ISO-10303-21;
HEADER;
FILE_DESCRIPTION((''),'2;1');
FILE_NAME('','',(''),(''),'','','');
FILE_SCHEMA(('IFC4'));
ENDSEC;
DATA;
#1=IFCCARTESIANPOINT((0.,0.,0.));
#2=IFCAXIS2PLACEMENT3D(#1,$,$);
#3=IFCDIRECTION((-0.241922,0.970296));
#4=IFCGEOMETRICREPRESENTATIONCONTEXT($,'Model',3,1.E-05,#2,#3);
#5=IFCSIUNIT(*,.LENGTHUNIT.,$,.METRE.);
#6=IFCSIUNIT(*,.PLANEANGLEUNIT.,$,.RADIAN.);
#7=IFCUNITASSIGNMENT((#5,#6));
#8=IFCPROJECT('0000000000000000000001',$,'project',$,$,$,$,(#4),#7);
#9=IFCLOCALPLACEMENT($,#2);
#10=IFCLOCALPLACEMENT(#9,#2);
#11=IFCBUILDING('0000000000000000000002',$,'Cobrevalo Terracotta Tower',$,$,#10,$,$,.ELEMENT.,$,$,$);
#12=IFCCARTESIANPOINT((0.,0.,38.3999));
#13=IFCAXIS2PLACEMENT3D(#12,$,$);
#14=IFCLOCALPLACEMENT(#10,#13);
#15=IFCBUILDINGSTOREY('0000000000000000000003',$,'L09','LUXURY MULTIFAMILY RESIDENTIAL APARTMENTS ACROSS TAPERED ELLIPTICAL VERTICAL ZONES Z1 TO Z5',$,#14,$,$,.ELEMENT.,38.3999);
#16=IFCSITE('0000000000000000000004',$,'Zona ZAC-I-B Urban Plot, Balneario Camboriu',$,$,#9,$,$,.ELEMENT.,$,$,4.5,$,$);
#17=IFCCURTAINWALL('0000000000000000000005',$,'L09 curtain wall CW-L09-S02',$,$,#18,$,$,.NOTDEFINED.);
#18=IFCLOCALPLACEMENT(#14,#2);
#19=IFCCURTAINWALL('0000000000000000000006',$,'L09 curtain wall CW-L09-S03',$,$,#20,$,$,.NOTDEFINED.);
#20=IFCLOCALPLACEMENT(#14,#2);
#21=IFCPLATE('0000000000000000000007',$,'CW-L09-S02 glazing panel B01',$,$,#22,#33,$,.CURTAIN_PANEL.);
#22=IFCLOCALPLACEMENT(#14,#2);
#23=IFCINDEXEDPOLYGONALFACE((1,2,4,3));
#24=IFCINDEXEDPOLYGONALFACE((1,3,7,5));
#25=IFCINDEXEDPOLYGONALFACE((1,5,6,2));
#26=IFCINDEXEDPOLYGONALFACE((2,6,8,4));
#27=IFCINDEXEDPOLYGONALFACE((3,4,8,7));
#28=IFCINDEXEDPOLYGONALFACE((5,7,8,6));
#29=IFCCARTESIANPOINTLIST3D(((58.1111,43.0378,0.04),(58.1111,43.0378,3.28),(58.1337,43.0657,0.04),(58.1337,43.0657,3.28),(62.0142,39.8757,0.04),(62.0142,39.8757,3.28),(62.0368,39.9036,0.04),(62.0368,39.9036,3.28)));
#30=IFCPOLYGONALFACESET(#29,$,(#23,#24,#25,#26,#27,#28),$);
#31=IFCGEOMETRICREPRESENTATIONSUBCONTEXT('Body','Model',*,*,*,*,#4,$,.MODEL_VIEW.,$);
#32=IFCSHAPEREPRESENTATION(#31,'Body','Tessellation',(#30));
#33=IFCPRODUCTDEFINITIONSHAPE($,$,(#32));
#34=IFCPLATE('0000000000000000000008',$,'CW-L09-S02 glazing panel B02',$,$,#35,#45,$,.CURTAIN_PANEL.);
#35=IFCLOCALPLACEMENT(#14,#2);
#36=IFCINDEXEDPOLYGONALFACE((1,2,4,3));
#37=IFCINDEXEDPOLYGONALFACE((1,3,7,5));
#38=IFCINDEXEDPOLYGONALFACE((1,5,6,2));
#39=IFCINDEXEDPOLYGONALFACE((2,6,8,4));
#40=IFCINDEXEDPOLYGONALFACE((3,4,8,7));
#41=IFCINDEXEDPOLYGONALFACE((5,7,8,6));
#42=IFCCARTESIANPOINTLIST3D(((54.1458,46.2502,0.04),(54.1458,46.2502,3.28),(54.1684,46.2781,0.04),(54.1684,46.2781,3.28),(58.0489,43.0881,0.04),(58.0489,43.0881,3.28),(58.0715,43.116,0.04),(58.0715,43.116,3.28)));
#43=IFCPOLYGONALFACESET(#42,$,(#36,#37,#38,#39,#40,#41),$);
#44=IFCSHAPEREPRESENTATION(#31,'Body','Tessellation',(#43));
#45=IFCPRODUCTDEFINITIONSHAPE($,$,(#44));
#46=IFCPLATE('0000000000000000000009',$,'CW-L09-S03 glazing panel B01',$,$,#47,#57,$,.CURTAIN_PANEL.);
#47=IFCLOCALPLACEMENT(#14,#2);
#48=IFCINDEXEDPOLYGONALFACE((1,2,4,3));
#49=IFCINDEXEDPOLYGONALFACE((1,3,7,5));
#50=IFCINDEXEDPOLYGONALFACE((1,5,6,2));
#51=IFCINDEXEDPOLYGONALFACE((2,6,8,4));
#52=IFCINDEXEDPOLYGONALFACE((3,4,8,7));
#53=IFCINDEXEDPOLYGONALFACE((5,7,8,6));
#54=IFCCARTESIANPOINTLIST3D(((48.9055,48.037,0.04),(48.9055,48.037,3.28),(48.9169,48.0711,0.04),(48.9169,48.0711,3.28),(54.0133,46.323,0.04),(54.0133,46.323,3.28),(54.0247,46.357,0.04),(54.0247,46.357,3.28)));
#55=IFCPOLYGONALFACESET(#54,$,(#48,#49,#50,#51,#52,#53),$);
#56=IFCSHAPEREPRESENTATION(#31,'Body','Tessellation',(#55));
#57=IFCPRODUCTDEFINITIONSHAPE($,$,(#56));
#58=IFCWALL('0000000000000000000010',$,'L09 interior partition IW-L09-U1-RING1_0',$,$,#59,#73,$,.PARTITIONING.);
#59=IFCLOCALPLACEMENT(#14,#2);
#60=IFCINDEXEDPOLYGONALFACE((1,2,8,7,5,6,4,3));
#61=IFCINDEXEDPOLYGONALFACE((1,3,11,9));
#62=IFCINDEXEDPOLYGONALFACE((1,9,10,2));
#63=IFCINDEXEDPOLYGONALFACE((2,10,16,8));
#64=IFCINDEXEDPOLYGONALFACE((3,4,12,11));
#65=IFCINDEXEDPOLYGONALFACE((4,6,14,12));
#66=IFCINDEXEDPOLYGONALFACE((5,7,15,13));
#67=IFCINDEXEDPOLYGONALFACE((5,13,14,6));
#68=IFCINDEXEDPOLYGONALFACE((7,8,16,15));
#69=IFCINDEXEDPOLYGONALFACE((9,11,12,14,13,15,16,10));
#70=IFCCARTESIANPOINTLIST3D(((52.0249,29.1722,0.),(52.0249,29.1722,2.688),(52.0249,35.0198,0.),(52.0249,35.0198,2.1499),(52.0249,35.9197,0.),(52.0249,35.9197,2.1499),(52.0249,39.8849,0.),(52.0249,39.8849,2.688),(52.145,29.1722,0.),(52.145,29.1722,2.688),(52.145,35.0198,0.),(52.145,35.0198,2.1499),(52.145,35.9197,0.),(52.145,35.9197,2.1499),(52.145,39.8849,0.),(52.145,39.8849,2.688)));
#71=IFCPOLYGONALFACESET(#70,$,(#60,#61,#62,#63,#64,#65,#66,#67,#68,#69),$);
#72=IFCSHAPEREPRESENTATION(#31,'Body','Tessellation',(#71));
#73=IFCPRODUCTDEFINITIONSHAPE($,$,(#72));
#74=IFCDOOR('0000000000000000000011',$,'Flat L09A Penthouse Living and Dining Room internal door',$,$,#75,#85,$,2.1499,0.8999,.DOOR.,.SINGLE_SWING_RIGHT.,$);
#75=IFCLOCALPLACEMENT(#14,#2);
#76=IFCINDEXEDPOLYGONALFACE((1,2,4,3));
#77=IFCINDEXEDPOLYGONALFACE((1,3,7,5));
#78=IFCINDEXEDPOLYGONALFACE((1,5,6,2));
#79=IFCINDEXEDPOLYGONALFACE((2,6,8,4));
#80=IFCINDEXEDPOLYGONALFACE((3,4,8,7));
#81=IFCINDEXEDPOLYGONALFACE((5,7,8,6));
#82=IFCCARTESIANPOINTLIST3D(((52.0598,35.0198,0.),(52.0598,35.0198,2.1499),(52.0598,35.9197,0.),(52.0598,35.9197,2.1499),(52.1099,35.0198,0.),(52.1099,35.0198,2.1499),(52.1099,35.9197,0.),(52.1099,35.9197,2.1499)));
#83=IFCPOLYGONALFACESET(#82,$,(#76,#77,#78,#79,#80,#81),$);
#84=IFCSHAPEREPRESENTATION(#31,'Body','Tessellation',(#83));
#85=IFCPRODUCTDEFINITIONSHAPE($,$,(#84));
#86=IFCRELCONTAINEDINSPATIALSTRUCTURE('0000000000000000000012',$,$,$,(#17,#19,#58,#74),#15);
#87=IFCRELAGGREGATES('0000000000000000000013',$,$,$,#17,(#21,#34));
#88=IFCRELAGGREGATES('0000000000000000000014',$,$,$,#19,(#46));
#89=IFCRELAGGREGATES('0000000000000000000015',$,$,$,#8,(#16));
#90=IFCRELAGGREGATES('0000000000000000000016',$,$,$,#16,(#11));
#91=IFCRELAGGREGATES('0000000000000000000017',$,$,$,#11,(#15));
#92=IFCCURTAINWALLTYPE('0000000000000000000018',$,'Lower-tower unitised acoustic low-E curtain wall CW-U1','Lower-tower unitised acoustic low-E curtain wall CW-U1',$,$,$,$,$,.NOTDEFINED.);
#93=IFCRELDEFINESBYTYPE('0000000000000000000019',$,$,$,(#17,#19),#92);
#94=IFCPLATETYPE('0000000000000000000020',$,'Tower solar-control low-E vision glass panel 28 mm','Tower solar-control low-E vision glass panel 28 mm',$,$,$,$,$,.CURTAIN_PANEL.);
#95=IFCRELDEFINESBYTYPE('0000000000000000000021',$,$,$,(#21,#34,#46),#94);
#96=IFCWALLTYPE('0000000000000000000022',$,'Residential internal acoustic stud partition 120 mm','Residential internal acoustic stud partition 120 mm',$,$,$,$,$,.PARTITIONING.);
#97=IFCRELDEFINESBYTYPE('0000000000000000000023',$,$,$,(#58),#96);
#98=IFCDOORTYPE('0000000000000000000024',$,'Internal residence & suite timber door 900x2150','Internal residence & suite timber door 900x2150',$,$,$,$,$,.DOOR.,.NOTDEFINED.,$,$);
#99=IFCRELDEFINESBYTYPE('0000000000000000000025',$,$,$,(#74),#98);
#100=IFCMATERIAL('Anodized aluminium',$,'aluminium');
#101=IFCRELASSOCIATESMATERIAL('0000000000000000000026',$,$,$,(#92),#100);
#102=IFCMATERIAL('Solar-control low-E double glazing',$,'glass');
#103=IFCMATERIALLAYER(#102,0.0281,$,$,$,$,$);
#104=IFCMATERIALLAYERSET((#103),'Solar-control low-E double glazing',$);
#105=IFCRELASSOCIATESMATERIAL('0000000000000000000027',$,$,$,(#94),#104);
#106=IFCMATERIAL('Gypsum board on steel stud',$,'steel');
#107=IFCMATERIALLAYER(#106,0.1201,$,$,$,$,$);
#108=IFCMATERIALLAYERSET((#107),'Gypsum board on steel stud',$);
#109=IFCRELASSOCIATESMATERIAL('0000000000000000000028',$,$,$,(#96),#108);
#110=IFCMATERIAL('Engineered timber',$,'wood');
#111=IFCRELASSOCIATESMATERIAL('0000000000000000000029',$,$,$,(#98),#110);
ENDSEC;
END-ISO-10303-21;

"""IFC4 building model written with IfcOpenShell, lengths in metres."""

from ifc_helpers import new_model, si_unit, direction, frame, frame_2d, origin, origin_2d, place, context, subcontext, project, spatial, rectangle, extrude, source, transform, mapped, material, layer, layer_set, type_object, element, fill, aggregate, save


model = new_model("IFC4")

# Units and contexts
model_context = context("Model", 3, precision=1e-05, world=origin(), true_north=direction((-0.241922, 0.970296)))
body_context = subcontext(model_context, "Body", "Model", "MODEL_VIEW")
ifc_project = project(units=[si_unit("LENGTHUNIT", "METRE"), si_unit("PLANEANGLEUNIT", "RADIAN")], contexts=[model_context])

# Site, building, storey
site_placement = place(None, origin())
site = spatial("IfcSite", under=ifc_project, at=site_placement, Name="Zona ZAC-I-B Urban Plot, Balneario Camboriu", CompositionType="ELEMENT", RefElevation=4.5)
building_placement = place(site_placement, origin())
building = spatial("IfcBuilding", under=site, at=building_placement, Name="Cobrevalo Terracotta Tower", CompositionType="ELEMENT")
storey_placement = place(building_placement, frame((0.0, 0.0, 38.3999)))
storey = spatial("IfcBuildingStorey", under=building, at=storey_placement, Name="L09", Description="LUXURY MULTIFAMILY RESIDENTIAL APARTMENTS ACROSS TAPERED ELLIPTICAL VERTICAL ZONES Z1 TO Z5", CompositionType="ELEMENT", Elevation=38.3999)

# Curtain walls
ifc_material_1 = material(Name="Anodized aluminium", Category="aluminium")
curtain_wall_type = type_object("IfcCurtainWallType", Name="Lower-tower unitised acoustic low-E curtain wall CW-U1", Description="Lower-tower unitised acoustic low-E curtain wall CW-U1", PredefinedType="NOTDEFINED", material=ifc_material_1)
curtain_wall_1_placement = place(storey_placement, origin())
curtain_wall_1 = element("IfcCurtainWall", 1, at=curtain_wall_1_placement, inside=storey, type_object=curtain_wall_type, Name="L09 curtain wall CW-L09-S02", PredefinedType="NOTDEFINED")
curtain_wall_2_placement = place(storey_placement, origin())
curtain_wall_2 = element("IfcCurtainWall", 2, at=curtain_wall_2_placement, inside=storey, type_object=curtain_wall_type, Name="L09 curtain wall CW-L09-S03", PredefinedType="NOTDEFINED")

# Plates
ifc_material_2 = material(Name="Solar-control low-E double glazing", Category="glass")
ifc_layer_1 = layer(ifc_material_2, 0.0281)
ifc_layer_set_1 = layer_set([ifc_layer_1], Name="Solar-control low-E double glazing")
plate_type = type_object("IfcPlateType", Name="Tower solar-control low-E vision glass panel 28 mm", Description="Tower solar-control low-E vision glass panel 28 mm", PredefinedType="CURTAIN_PANEL", material=ifc_layer_set_1)
shared_shape_1 = source(origin(), body_context, "Body", "SweptSolid", [
    extrude(rectangle(XDim=5.0232, YDim=0.0359, at=origin_2d()), origin(), (0.0, 0.0, 1.0), 3.24),
])
plate_1_placement = place(storey_placement, frame((60.074, 41.4707, 0.04), z_axis=(0.0, 0.0, 1.0), x_axis=(-0.777008, 0.629491, 0.0)))
plate_1 = element("IfcPlate", 3, at=plate_1_placement, type_object=plate_type, Name="CW-L09-S02 glazing panel B01", PredefinedType="CURTAIN_PANEL", context=body_context, shape_type="MappedRepresentation", body=[
    mapped(shared_shape_1, transform((0.0, 0.0, 0.0), scale=1.0)),
])
plate_2_placement = place(storey_placement, frame((56.1086, 44.6831, 0.04), z_axis=(0.0, 0.0, 1.0), x_axis=(-0.777008, 0.629491, 0.0)))
plate_2 = element("IfcPlate", 4, at=plate_2_placement, type_object=plate_type, Name="CW-L09-S02 glazing panel B02", PredefinedType="CURTAIN_PANEL", context=body_context, shape_type="MappedRepresentation", body=[
    mapped(shared_shape_1, transform((0.0, 0.0, 0.0), scale=1.0)),
])
aggregate(curtain_wall_1, [plate_1, plate_2])
shared_shape_2 = source(origin(), body_context, "Body", "SweptSolid", [
    extrude(rectangle(XDim=5.3877, YDim=0.0359, at=origin_2d()), origin(), (0.0, 0.0, 1.0), 3.24),
])
plate_3_placement = place(storey_placement, frame((51.4651, 47.197, 0.04), z_axis=(0.0, 0.0, 1.0), x_axis=(-0.948044, 0.318139, 0.0)))
plate_3 = element("IfcPlate", 5, at=plate_3_placement, type_object=plate_type, Name="CW-L09-S03 glazing panel B01", PredefinedType="CURTAIN_PANEL", context=body_context, shape_type="MappedRepresentation", body=[
    mapped(shared_shape_2, transform((0.0, 0.0, 0.0), scale=1.0)),
])
aggregate(curtain_wall_2, [plate_3])

# Wall, opening, door
ifc_material_3 = material(Name="Gypsum board on steel stud", Category="steel")
ifc_layer_2 = layer(ifc_material_3, 0.1201)
ifc_layer_set_2 = layer_set([ifc_layer_2], Name="Gypsum board on steel stud")
wall_type = type_object("IfcWallType", Name="Residential internal acoustic stud partition 120 mm", Description="Residential internal acoustic stud partition 120 mm", PredefinedType="PARTITIONING", material=ifc_layer_set_2)
wall_placement = place(storey_placement, frame((52.085, 39.885, 0.0), z_axis=(0.0, 0.0, 1.0), x_axis=(0.0, -1.0, 0.0)))
wall = element("IfcWall", 6, at=wall_placement, inside=storey, type_object=wall_type, Name="L09 interior partition IW-L09-U1-RING1_0", PredefinedType="PARTITIONING", context=body_context, shape_type="SweptSolid", body=[
    extrude(rectangle(XDim=10.7126, YDim=0.1201, at=frame_2d((5.3564, 0.0))), origin(), (0.0, 0.0, 1.0), 2.688),
])
opening_placement = place(wall_placement, frame((3.9653, 0.0, 0.0)))
opening = element("IfcOpeningElement", 7, at=opening_placement, cuts=wall, PredefinedType="OPENING", context=body_context, shape_type="SweptSolid", body=[
    extrude(rectangle(XDim=0.8999, YDim=2.1499, at=frame_2d((0.45, 1.075))), frame((0.0, 0.0701, 0.0), z_axis=(0.0, -1.0, 0.0), x_axis=(1.0, 0.0, 0.0)), (0.0, 0.0, 1.0), 0.1401),
])
ifc_material_4 = material(Name="Engineered timber", Category="wood")
door_type = type_object("IfcDoorType", Name="Internal residence & suite timber door 900x2150", Description="Internal residence & suite timber door 900x2150", OperationType="NOTDEFINED", PredefinedType="DOOR", material=ifc_material_4)
shared_shape_3 = source(origin(), body_context, "Body", "SweptSolid", [
    extrude(rectangle(XDim=0.8999, YDim=2.1499, at=frame_2d((0.45, 1.075))), frame((0.0, 0.0249, 0.0), z_axis=(0.0, -1.0, 0.0), x_axis=(1.0, 0.0, 0.0)), (0.0, 0.0, 1.0), 0.05),
])
door_placement = place(opening_placement, origin())
door = element("IfcDoor", 8, at=door_placement, inside=storey, type_object=door_type, Name="Flat L09A Penthouse Living and Dining Room internal door", OperationType="SINGLE_SWING_RIGHT", OverallHeight=2.1499, OverallWidth=0.8999, PredefinedType="DOOR", context=body_context, shape_type="MappedRepresentation", body=[
    mapped(shared_shape_3, transform((0.0, 0.0, 0.0), scale=1.0)),
])
fill(opening, door)

save(model, "model.ifc")
